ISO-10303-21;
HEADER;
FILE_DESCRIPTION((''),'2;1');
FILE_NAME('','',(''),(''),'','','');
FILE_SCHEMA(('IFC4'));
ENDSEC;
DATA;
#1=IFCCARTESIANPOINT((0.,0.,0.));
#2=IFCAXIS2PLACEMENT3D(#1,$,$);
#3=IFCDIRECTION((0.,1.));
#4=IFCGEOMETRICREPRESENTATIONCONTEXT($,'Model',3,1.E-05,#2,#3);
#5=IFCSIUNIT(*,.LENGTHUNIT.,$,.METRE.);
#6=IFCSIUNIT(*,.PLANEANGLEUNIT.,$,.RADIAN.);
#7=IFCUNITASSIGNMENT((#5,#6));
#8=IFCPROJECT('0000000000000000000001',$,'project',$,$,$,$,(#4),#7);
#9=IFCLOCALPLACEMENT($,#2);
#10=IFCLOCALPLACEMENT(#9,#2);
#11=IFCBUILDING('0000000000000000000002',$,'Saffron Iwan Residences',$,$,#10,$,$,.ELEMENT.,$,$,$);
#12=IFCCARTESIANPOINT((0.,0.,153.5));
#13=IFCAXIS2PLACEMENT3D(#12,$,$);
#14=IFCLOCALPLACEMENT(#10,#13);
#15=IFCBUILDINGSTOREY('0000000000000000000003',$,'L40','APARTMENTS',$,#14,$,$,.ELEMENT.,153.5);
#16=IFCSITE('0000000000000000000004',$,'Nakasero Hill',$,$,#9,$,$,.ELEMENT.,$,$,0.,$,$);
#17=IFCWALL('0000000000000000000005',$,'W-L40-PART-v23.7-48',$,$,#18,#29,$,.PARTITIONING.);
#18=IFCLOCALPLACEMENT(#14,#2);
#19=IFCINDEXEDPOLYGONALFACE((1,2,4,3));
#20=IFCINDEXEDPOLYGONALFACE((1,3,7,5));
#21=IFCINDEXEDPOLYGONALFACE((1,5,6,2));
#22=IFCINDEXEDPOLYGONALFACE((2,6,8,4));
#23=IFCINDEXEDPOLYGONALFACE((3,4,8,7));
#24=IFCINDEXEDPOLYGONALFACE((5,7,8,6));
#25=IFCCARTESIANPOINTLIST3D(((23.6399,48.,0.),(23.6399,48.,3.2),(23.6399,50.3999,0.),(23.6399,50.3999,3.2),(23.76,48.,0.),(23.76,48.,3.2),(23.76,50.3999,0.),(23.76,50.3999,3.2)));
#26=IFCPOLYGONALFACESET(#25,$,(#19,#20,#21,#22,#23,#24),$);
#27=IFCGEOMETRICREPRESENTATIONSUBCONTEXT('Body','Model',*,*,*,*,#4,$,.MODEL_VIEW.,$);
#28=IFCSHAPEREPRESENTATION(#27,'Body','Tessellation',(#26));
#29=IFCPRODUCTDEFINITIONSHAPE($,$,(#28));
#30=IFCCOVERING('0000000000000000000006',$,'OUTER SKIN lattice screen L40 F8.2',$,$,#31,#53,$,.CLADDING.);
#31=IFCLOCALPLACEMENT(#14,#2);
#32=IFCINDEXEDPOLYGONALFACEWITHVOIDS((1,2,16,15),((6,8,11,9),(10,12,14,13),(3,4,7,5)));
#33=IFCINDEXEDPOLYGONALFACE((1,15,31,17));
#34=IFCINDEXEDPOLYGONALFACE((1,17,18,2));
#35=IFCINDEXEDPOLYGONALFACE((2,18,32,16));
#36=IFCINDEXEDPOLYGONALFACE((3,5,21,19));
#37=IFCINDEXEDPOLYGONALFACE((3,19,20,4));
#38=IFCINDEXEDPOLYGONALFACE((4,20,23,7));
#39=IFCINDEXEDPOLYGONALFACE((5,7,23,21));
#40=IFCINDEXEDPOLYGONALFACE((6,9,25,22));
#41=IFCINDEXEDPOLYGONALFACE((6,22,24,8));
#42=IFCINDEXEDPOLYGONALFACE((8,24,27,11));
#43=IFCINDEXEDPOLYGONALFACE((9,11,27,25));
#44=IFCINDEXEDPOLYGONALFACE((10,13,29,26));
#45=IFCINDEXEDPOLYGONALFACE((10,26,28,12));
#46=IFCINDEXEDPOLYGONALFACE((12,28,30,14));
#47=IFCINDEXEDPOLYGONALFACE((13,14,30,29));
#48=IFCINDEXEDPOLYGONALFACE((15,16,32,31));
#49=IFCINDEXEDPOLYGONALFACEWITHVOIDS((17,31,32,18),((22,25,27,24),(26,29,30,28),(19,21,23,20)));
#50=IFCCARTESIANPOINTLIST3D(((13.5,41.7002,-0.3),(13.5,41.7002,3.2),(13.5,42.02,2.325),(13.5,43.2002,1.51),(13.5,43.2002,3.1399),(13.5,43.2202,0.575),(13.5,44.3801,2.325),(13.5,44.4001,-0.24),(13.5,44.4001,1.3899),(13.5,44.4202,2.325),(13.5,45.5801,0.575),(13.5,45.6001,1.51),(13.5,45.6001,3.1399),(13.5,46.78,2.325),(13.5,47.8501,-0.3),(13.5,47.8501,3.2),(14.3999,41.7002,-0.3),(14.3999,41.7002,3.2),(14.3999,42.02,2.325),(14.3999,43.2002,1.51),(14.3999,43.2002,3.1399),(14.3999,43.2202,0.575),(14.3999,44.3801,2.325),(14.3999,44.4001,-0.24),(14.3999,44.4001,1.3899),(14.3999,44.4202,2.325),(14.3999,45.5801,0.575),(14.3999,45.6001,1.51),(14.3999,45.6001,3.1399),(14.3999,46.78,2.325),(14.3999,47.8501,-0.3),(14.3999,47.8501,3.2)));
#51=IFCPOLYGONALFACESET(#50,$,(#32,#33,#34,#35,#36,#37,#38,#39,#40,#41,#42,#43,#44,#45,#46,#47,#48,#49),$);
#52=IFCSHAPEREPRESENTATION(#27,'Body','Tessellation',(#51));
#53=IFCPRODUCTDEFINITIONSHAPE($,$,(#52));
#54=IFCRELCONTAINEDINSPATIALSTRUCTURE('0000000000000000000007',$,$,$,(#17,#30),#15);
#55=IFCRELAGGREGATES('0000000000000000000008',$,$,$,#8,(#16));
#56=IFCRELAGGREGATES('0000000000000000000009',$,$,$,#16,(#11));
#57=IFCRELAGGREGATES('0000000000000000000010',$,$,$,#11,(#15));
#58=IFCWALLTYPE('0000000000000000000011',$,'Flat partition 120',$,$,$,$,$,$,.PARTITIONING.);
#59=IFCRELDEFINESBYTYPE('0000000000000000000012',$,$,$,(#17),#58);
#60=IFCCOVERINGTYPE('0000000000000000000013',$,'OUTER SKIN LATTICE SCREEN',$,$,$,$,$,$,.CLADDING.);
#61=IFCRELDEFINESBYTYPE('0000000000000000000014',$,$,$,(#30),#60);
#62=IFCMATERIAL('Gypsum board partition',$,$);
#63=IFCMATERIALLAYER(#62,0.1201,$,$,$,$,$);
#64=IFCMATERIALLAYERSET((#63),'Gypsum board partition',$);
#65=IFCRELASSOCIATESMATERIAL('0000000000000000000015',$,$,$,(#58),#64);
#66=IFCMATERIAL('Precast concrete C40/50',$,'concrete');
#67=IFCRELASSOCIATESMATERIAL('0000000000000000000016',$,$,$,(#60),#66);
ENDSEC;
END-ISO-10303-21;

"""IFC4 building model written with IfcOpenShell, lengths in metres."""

from ifc_helpers import new_model, si_unit, direction, frame, frame_2d, origin, place, context, subcontext, project, spatial, polyline, rectangle, outline, extrude, material, layer, layer_set, type_object, element, save


model = new_model("IFC4")

# Units and contexts
model_context = context("Model", 3, precision=1e-05, world=origin(), true_north=direction((0.0, 1.0)))
body_context = subcontext(model_context, "Body", "Model", "MODEL_VIEW")
ifc_project = project(units=[si_unit("LENGTHUNIT", "METRE"), si_unit("PLANEANGLEUNIT", "RADIAN")], contexts=[model_context])

# Site, building, storey
site_placement = place(None, origin())
site = spatial("IfcSite", under=ifc_project, at=site_placement, Name="Nakasero Hill", CompositionType="ELEMENT", RefElevation=0.0)
building_placement = place(site_placement, origin())
building = spatial("IfcBuilding", under=site, at=building_placement, Name="Saffron Iwan Residences", CompositionType="ELEMENT")
storey_placement = place(building_placement, frame((0.0, 0.0, 153.5)))
storey = spatial("IfcBuildingStorey", under=building, at=storey_placement, Name="L40", Description="APARTMENTS", CompositionType="ELEMENT", Elevation=153.5)

# Shared definitions
ifc_material_1 = material(Name="Gypsum board partition")
ifc_layer_1 = layer(ifc_material_1, 0.1201)
ifc_layer_set_1 = layer_set([ifc_layer_1], Name="Gypsum board partition")
wall_type_1 = type_object("IfcWallType", Name="Flat partition 120", PredefinedType="PARTITIONING", material=ifc_layer_set_1)

# Wall
wall_1_placement = place(storey_placement, frame((23.7, 48.0, 0.0), z_axis=(0.0, 0.0, 1.0), x_axis=(0.0, 1.0, 0.0)))
element("IfcWall", 1, at=wall_1_placement, inside=storey, type_object=wall_type_1, Name="W-L40-PART-v23.7-48", PredefinedType="PARTITIONING", context=body_context, shape_type="SweptSolid", body=[
    extrude(rectangle(XDim=2.3999, YDim=0.1201, at=frame_2d((1.2, 0.0))), origin(), (0.0, 0.0, 1.0), 3.2),
])

# Covering
ifc_material_2 = material(Name="Precast concrete C40/50", Category="concrete")
covering_type = type_object("IfcCoveringType", Name="OUTER SKIN LATTICE SCREEN", PredefinedType="CLADDING", material=ifc_material_2)
covering_placement = place(storey_placement, frame((14.3999, 47.8501, -0.3), z_axis=(-1.0, 0.0, 0.0), x_axis=(0.0, -1.0, 0.0)))
element("IfcCovering", 2, at=covering_placement, inside=storey, type_object=covering_type, Name="OUTER SKIN lattice screen L40 F8.2", PredefinedType="CLADDING", context=body_context, shape_type="SweptSolid", body=[
    extrude(outline(polyline([(0.0, 0.0), (6.1499, 0.0), (6.1499, 3.5), (0.0, 3.5), (0.0, 0.0)]), holes=[polyline([(2.27, 0.875), (3.45, 0.0601), (4.6299, 0.875), (3.45, 1.6899), (2.27, 0.875)]), polyline([(1.0701, 2.625), (2.25, 1.8101), (3.4299, 2.625), (2.25, 3.4399), (1.0701, 2.625)]), polyline([(3.47, 2.625), (4.6499, 1.8101), (5.8301, 2.625), (4.6499, 3.4399), (3.47, 2.625)])]), origin(), (0.0, 0.0, 1.0), 0.8999),
])

save(model, "model.ifc")
